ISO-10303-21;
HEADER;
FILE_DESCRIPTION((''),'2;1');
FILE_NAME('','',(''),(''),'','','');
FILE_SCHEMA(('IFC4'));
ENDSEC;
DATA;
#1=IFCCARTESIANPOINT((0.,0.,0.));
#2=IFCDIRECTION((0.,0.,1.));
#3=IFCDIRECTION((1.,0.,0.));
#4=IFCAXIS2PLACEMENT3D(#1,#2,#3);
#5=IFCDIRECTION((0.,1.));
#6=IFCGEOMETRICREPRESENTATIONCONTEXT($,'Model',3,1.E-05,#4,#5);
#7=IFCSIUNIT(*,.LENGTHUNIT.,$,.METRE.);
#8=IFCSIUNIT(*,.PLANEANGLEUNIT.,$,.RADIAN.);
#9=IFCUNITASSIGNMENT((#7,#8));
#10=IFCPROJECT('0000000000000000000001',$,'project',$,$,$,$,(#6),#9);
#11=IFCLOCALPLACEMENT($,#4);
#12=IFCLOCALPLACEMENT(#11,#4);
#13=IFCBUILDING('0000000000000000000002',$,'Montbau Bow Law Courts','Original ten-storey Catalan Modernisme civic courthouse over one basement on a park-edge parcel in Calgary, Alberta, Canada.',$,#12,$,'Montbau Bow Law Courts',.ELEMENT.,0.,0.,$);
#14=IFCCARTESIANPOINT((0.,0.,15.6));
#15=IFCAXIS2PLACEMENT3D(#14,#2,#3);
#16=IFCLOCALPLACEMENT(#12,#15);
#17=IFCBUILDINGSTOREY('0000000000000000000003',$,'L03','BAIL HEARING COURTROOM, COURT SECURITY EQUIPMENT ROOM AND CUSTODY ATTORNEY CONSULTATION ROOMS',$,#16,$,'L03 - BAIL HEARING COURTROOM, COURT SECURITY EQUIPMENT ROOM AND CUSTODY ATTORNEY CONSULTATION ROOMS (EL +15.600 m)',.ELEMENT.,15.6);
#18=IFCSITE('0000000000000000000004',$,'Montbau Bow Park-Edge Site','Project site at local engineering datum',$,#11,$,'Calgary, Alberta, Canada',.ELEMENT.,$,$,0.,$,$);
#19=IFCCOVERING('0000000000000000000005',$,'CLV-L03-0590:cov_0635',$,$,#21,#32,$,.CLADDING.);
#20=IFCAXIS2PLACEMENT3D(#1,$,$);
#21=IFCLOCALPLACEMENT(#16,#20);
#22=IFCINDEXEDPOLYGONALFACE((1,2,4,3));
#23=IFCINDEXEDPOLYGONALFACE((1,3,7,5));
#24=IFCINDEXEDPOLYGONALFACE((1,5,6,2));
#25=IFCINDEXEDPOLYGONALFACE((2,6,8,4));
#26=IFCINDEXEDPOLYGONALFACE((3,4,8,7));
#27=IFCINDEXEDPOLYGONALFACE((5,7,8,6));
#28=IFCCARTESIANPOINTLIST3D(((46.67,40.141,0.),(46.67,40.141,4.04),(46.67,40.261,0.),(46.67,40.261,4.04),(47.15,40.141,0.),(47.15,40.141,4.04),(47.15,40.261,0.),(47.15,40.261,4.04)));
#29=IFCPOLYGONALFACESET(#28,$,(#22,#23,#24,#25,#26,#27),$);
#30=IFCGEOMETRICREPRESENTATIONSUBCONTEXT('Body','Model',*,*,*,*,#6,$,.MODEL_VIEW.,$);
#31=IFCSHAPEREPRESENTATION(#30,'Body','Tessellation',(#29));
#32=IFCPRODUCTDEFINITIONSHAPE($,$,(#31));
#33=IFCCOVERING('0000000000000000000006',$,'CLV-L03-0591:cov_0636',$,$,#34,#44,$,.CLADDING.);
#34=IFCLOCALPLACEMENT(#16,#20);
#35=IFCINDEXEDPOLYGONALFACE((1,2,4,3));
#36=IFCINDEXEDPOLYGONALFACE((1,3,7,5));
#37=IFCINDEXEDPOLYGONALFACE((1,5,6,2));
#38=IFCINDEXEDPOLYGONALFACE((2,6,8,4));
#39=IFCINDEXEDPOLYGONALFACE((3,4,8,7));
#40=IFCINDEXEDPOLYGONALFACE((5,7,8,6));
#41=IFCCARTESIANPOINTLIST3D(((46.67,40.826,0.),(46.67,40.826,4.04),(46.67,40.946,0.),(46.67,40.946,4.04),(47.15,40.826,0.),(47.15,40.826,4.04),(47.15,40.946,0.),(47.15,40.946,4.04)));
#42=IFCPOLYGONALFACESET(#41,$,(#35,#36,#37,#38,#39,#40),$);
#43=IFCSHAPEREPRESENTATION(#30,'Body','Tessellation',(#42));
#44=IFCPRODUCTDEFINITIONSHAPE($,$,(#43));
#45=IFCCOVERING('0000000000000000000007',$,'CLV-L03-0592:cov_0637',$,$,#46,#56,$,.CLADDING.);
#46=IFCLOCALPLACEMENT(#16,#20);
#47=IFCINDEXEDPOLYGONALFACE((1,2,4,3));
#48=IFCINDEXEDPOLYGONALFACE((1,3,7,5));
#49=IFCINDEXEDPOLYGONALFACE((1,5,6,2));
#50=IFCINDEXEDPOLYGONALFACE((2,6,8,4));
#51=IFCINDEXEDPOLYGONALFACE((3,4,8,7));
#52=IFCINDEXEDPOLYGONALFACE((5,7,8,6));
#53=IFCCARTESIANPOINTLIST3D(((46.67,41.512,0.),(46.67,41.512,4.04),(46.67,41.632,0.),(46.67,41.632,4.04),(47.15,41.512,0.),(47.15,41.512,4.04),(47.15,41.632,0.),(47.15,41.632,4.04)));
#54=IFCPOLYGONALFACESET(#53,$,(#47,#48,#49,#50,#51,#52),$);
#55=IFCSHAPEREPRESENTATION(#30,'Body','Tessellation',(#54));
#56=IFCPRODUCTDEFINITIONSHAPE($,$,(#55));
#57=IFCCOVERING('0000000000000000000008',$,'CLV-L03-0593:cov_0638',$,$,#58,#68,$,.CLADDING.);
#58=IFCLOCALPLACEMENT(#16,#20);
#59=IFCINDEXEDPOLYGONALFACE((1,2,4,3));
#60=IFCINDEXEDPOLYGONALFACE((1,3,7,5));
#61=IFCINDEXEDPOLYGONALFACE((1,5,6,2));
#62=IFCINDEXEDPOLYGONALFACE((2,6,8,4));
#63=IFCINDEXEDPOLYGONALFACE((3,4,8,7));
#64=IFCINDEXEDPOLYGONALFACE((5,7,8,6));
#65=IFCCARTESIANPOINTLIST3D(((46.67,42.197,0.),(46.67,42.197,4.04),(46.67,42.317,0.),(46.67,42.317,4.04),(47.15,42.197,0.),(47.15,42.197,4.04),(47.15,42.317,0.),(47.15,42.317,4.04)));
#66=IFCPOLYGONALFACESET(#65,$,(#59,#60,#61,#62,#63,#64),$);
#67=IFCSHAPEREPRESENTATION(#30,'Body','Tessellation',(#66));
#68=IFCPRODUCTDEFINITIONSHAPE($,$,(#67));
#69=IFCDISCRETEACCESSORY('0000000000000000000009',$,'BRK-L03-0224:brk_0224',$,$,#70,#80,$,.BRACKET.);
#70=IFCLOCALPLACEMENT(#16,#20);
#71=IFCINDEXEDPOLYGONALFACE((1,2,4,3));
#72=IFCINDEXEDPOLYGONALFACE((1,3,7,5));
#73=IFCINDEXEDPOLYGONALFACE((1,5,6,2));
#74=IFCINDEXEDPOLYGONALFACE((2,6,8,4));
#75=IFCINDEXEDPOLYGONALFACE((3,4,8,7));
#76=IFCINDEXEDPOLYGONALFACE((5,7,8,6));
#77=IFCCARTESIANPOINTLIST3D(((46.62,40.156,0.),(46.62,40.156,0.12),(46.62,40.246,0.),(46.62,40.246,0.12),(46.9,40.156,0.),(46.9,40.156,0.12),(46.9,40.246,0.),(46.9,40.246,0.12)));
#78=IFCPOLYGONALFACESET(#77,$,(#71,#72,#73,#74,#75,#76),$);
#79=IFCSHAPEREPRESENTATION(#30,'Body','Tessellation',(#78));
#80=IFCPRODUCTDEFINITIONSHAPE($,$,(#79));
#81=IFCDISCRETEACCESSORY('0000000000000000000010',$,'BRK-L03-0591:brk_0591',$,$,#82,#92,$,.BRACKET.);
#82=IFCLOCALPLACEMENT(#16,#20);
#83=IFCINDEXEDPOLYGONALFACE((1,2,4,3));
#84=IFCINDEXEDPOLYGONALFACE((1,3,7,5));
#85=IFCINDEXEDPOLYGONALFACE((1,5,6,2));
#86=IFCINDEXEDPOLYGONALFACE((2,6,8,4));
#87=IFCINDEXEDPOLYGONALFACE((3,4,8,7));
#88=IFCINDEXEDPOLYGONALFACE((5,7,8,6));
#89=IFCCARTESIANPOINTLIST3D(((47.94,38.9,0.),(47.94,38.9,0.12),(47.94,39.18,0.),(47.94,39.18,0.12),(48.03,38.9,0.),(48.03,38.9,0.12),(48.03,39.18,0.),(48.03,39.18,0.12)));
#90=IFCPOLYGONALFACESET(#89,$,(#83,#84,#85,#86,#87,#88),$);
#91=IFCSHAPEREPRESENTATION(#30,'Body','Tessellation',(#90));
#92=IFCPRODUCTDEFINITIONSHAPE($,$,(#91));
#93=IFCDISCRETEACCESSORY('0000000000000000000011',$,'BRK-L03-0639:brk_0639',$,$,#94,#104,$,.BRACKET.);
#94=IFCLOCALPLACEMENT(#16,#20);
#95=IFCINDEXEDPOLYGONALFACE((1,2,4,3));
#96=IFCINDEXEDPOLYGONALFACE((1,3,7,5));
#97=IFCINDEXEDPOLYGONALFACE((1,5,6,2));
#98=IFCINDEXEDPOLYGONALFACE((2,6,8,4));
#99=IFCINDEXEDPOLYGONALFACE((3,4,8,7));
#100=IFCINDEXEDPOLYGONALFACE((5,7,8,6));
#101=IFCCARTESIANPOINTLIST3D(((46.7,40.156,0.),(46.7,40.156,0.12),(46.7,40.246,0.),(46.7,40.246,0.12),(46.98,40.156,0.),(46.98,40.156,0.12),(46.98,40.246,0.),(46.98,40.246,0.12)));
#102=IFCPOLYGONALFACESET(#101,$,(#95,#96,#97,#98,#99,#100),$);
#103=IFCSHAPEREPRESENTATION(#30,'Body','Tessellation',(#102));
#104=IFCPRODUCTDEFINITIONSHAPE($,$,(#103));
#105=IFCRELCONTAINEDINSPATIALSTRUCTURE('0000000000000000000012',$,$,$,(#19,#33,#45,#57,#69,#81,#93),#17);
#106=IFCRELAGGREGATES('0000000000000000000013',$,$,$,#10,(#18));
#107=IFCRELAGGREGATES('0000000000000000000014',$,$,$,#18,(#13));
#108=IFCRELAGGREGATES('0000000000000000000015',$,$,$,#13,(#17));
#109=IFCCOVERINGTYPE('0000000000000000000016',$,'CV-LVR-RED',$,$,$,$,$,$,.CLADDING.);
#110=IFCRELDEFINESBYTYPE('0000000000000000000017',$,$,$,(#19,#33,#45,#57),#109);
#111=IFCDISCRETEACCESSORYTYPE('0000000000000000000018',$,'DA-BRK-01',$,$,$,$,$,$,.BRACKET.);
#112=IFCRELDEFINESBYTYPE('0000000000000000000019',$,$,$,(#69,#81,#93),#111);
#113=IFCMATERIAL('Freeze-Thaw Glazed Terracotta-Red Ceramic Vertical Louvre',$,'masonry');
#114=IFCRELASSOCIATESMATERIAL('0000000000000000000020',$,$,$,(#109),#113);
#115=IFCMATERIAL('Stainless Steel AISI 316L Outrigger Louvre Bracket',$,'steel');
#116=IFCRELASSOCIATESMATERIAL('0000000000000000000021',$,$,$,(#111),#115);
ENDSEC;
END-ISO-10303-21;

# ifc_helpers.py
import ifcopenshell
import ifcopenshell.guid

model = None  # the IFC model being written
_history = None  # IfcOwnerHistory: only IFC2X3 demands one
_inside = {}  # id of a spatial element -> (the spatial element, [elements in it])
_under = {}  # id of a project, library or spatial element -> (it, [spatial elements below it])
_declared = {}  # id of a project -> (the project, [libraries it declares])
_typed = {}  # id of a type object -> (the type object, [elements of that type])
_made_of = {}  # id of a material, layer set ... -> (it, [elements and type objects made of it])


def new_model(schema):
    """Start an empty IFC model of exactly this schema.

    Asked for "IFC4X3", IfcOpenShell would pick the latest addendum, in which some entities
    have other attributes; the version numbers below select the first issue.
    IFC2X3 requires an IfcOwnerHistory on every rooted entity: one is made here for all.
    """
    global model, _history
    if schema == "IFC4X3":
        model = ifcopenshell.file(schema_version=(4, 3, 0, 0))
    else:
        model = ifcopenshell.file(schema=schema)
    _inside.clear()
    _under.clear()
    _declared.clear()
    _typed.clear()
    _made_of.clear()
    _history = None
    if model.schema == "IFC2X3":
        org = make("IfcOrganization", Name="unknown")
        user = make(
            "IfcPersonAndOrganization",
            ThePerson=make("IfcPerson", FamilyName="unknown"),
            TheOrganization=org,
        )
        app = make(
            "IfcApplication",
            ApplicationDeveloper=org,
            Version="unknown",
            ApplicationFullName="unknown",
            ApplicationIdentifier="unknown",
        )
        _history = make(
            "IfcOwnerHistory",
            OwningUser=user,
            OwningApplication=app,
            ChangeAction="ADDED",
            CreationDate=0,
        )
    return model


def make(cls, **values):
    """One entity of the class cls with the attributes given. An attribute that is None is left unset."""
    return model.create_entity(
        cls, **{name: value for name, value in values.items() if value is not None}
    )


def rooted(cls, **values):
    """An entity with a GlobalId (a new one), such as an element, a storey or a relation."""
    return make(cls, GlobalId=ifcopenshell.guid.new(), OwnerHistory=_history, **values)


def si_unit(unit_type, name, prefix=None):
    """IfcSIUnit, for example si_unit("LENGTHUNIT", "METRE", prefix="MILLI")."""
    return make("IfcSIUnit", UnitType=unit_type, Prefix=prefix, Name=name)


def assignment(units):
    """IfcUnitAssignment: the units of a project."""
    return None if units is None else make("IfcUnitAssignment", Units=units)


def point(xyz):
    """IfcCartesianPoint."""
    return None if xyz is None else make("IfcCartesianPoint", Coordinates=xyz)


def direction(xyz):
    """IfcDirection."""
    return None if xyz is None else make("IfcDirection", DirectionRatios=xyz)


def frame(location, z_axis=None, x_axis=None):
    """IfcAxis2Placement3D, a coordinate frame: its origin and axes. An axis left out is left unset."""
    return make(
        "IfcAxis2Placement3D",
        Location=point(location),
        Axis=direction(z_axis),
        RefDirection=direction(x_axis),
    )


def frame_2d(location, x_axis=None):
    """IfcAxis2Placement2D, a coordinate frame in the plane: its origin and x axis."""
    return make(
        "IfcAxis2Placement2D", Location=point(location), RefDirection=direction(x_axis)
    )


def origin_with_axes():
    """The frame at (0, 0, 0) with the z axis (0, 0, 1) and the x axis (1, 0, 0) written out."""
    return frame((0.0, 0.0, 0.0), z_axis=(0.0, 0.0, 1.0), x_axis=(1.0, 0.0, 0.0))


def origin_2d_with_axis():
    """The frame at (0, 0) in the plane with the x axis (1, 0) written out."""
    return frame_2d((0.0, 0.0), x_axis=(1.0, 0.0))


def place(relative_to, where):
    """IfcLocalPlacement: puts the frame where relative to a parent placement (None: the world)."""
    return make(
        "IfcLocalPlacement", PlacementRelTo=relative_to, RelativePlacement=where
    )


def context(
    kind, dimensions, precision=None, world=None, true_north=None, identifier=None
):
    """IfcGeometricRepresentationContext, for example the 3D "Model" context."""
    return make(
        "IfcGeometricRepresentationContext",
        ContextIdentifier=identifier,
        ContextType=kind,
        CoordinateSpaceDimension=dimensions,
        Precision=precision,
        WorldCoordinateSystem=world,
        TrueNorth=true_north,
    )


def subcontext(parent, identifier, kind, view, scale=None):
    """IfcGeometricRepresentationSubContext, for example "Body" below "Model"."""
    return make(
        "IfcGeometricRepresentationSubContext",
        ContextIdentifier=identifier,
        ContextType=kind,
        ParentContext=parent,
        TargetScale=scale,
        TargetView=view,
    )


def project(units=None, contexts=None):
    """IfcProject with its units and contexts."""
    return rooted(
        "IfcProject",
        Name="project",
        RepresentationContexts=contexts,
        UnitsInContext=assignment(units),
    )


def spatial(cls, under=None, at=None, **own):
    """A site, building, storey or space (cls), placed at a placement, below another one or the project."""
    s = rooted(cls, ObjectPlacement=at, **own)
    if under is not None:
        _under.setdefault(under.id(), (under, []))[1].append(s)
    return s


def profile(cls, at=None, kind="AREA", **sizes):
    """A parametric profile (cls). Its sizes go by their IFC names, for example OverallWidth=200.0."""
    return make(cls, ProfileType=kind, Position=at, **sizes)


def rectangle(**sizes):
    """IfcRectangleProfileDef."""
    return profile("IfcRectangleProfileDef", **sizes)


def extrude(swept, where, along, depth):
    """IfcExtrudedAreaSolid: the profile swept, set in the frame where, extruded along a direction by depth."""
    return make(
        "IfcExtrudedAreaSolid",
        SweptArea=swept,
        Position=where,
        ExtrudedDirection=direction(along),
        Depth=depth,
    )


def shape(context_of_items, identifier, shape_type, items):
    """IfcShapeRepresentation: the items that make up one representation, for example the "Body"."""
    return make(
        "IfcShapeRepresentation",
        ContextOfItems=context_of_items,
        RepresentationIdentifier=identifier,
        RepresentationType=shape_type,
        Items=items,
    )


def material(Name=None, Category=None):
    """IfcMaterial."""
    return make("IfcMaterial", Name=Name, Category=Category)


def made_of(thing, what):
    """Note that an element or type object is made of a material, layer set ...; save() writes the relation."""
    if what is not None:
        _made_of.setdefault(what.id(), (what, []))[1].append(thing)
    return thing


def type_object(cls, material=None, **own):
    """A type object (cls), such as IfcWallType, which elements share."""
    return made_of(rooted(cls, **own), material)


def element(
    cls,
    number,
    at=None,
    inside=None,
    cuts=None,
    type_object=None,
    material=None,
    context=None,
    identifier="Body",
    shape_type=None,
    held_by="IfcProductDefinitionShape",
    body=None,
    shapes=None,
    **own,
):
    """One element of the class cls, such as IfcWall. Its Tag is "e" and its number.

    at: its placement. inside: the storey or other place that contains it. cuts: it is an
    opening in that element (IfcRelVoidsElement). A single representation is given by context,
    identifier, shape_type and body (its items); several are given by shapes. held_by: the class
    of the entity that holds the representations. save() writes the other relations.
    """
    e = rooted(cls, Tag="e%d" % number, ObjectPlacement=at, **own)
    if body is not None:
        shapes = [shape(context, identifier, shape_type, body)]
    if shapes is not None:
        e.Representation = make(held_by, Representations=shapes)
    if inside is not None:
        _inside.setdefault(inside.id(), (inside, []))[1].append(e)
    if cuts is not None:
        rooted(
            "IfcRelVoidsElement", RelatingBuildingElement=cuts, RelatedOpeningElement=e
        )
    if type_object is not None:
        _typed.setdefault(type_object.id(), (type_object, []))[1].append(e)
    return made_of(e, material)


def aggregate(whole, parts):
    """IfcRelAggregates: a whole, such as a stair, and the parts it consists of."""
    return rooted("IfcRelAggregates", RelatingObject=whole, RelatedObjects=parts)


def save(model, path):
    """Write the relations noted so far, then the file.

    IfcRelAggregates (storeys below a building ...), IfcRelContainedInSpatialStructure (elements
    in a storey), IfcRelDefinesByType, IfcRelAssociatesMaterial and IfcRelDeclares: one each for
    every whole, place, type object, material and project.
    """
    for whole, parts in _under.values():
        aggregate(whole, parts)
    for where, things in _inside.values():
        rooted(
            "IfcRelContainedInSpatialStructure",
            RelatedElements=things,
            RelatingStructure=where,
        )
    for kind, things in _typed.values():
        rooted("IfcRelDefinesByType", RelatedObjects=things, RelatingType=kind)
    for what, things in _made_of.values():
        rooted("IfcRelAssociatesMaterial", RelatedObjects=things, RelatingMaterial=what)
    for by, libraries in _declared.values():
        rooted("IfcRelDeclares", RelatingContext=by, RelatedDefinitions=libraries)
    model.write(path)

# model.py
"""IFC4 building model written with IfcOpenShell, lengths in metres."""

from ifc_helpers import new_model, si_unit, direction, frame, frame_2d, origin_with_axes, origin_2d_with_axis, place, context, subcontext, project, spatial, rectangle, extrude, material, type_object, element, save


model = new_model("IFC4")

# Units and contexts
model_context = context("Model", 3, precision=1e-05, world=origin_with_axes(), true_north=direction((0.0, 1.0)))
body_context = subcontext(model_context, "Body", "Model", "MODEL_VIEW")
ifc_project = project(units=[si_unit("LENGTHUNIT", "METRE"), si_unit("PLANEANGLEUNIT", "RADIAN")], contexts=[model_context])

# Site, building, storey
site_placement = place(None, origin_with_axes())
site = spatial("IfcSite", under=ifc_project, at=site_placement, Name="Montbau Bow Park-Edge Site", Description="Project site at local engineering datum", LongName="Calgary, Alberta, Canada", CompositionType="ELEMENT", RefElevation=0.0)
building_placement = place(site_placement, origin_with_axes())
building = spatial("IfcBuilding", under=site, at=building_placement, Name="Montbau Bow Law Courts", Description="Original ten-storey Catalan Modernisme civic courthouse over one basement on a park-edge parcel in Calgary, Alberta, Canada.", LongName="Montbau Bow Law Courts", CompositionType="ELEMENT", ElevationOfRefHeight=0.0, ElevationOfTerrain=0.0)
storey_placement = place(building_placement, frame((0.0, 0.0, 15.6), z_axis=(0.0, 0.0, 1.0), x_axis=(1.0, 0.0, 0.0)))
storey = spatial("IfcBuildingStorey", under=building, at=storey_placement, Name="L03", Description="BAIL HEARING COURTROOM, COURT SECURITY EQUIPMENT ROOM AND CUSTODY ATTORNEY CONSULTATION ROOMS", LongName="L03 - BAIL HEARING COURTROOM, COURT SECURITY EQUIPMENT ROOM AND CUSTODY ATTORNEY CONSULTATION ROOMS (EL +15.600 m)", CompositionType="ELEMENT", Elevation=15.6)

# Coverings
ifc_material_1 = material(Name="Freeze-Thaw Glazed Terracotta-Red Ceramic Vertical Louvre", Category="masonry")
covering_type_1 = type_object("IfcCoveringType", Name="CV-LVR-RED", PredefinedType="CLADDING", material=ifc_material_1)
for number, where, z_axis, x_axis, name in (
    (1, (46.67, 40.201, 15.6), (0.0, -1.0, 0.0), (1.0, 0.0, 0.0), "CLV-L03-0590:cov_0635"),
    (2, (46.67, 40.886, 15.6), (0.0, -1.0, 0.0), (1.0, 0.0, 0.0), "CLV-L03-0591:cov_0636"),
    (3, (46.67, 41.572, 15.6), (0.0, -1.0, 0.0), (1.0, 0.0, 0.0), "CLV-L03-0592:cov_0637"),
    (4, (46.67, 42.257, 15.6), (0.0, -1.0, 0.0), (1.0, 0.0, 0.0), "CLV-L03-0593:cov_0638"),
):
    element("IfcCovering", number, at=place(None, frame(where, z_axis=z_axis, x_axis=x_axis)), inside=storey, type_object=covering_type_1, Name=name, PredefinedType="CLADDING", context=body_context, shape_type="SweptSolid", body=[
        extrude(rectangle(XDim=0.48, YDim=4.04, at=frame_2d((0.24, 2.02), x_axis=(1.0, 0.0))), frame((0.0, 0.0, -0.06), z_axis=(0.0, 0.0, 1.0), x_axis=(1.0, 0.0, 0.0)), (0.0, 0.0, 1.0), 0.12),
    ])

# Discrete accessories
ifc_material_2 = material(Name="Stainless Steel AISI 316L Outrigger Louvre Bracket", Category="steel")
discrete_accessory_type = type_object("IfcDiscreteAccessoryType", Name="DA-BRK-01", PredefinedType="BRACKET", material=ifc_material_2)
for number, where, z_axis, x_axis, name in (
    (5, (46.76, 40.201, 15.6), (0.0, 0.0, 1.0), (1.0, 0.0, 0.0), "BRK-L03-0224:brk_0224"),
    (6, (47.985, 39.04, 15.6), (0.0, 0.0, 1.0), (0.0, -1.0, 0.0), "BRK-L03-0591:brk_0591"),
    (7, (46.84, 40.201, 15.6), (0.0, 0.0, 1.0), (-1.0, 0.0, 0.0), "BRK-L03-0639:brk_0639"),
):
    element("IfcDiscreteAccessory", number, at=place(None, frame(where, z_axis=z_axis, x_axis=x_axis)), inside=storey, type_object=discrete_accessory_type, Name=name, PredefinedType="BRACKET", context=body_context, shape_type="SweptSolid", body=[
        extrude(rectangle(XDim=0.28, YDim=0.09, at=origin_2d_with_axis()), origin_with_axes(), (0.0, 0.0, 1.0), 0.12),
    ])

save(model, "model.ifc")
